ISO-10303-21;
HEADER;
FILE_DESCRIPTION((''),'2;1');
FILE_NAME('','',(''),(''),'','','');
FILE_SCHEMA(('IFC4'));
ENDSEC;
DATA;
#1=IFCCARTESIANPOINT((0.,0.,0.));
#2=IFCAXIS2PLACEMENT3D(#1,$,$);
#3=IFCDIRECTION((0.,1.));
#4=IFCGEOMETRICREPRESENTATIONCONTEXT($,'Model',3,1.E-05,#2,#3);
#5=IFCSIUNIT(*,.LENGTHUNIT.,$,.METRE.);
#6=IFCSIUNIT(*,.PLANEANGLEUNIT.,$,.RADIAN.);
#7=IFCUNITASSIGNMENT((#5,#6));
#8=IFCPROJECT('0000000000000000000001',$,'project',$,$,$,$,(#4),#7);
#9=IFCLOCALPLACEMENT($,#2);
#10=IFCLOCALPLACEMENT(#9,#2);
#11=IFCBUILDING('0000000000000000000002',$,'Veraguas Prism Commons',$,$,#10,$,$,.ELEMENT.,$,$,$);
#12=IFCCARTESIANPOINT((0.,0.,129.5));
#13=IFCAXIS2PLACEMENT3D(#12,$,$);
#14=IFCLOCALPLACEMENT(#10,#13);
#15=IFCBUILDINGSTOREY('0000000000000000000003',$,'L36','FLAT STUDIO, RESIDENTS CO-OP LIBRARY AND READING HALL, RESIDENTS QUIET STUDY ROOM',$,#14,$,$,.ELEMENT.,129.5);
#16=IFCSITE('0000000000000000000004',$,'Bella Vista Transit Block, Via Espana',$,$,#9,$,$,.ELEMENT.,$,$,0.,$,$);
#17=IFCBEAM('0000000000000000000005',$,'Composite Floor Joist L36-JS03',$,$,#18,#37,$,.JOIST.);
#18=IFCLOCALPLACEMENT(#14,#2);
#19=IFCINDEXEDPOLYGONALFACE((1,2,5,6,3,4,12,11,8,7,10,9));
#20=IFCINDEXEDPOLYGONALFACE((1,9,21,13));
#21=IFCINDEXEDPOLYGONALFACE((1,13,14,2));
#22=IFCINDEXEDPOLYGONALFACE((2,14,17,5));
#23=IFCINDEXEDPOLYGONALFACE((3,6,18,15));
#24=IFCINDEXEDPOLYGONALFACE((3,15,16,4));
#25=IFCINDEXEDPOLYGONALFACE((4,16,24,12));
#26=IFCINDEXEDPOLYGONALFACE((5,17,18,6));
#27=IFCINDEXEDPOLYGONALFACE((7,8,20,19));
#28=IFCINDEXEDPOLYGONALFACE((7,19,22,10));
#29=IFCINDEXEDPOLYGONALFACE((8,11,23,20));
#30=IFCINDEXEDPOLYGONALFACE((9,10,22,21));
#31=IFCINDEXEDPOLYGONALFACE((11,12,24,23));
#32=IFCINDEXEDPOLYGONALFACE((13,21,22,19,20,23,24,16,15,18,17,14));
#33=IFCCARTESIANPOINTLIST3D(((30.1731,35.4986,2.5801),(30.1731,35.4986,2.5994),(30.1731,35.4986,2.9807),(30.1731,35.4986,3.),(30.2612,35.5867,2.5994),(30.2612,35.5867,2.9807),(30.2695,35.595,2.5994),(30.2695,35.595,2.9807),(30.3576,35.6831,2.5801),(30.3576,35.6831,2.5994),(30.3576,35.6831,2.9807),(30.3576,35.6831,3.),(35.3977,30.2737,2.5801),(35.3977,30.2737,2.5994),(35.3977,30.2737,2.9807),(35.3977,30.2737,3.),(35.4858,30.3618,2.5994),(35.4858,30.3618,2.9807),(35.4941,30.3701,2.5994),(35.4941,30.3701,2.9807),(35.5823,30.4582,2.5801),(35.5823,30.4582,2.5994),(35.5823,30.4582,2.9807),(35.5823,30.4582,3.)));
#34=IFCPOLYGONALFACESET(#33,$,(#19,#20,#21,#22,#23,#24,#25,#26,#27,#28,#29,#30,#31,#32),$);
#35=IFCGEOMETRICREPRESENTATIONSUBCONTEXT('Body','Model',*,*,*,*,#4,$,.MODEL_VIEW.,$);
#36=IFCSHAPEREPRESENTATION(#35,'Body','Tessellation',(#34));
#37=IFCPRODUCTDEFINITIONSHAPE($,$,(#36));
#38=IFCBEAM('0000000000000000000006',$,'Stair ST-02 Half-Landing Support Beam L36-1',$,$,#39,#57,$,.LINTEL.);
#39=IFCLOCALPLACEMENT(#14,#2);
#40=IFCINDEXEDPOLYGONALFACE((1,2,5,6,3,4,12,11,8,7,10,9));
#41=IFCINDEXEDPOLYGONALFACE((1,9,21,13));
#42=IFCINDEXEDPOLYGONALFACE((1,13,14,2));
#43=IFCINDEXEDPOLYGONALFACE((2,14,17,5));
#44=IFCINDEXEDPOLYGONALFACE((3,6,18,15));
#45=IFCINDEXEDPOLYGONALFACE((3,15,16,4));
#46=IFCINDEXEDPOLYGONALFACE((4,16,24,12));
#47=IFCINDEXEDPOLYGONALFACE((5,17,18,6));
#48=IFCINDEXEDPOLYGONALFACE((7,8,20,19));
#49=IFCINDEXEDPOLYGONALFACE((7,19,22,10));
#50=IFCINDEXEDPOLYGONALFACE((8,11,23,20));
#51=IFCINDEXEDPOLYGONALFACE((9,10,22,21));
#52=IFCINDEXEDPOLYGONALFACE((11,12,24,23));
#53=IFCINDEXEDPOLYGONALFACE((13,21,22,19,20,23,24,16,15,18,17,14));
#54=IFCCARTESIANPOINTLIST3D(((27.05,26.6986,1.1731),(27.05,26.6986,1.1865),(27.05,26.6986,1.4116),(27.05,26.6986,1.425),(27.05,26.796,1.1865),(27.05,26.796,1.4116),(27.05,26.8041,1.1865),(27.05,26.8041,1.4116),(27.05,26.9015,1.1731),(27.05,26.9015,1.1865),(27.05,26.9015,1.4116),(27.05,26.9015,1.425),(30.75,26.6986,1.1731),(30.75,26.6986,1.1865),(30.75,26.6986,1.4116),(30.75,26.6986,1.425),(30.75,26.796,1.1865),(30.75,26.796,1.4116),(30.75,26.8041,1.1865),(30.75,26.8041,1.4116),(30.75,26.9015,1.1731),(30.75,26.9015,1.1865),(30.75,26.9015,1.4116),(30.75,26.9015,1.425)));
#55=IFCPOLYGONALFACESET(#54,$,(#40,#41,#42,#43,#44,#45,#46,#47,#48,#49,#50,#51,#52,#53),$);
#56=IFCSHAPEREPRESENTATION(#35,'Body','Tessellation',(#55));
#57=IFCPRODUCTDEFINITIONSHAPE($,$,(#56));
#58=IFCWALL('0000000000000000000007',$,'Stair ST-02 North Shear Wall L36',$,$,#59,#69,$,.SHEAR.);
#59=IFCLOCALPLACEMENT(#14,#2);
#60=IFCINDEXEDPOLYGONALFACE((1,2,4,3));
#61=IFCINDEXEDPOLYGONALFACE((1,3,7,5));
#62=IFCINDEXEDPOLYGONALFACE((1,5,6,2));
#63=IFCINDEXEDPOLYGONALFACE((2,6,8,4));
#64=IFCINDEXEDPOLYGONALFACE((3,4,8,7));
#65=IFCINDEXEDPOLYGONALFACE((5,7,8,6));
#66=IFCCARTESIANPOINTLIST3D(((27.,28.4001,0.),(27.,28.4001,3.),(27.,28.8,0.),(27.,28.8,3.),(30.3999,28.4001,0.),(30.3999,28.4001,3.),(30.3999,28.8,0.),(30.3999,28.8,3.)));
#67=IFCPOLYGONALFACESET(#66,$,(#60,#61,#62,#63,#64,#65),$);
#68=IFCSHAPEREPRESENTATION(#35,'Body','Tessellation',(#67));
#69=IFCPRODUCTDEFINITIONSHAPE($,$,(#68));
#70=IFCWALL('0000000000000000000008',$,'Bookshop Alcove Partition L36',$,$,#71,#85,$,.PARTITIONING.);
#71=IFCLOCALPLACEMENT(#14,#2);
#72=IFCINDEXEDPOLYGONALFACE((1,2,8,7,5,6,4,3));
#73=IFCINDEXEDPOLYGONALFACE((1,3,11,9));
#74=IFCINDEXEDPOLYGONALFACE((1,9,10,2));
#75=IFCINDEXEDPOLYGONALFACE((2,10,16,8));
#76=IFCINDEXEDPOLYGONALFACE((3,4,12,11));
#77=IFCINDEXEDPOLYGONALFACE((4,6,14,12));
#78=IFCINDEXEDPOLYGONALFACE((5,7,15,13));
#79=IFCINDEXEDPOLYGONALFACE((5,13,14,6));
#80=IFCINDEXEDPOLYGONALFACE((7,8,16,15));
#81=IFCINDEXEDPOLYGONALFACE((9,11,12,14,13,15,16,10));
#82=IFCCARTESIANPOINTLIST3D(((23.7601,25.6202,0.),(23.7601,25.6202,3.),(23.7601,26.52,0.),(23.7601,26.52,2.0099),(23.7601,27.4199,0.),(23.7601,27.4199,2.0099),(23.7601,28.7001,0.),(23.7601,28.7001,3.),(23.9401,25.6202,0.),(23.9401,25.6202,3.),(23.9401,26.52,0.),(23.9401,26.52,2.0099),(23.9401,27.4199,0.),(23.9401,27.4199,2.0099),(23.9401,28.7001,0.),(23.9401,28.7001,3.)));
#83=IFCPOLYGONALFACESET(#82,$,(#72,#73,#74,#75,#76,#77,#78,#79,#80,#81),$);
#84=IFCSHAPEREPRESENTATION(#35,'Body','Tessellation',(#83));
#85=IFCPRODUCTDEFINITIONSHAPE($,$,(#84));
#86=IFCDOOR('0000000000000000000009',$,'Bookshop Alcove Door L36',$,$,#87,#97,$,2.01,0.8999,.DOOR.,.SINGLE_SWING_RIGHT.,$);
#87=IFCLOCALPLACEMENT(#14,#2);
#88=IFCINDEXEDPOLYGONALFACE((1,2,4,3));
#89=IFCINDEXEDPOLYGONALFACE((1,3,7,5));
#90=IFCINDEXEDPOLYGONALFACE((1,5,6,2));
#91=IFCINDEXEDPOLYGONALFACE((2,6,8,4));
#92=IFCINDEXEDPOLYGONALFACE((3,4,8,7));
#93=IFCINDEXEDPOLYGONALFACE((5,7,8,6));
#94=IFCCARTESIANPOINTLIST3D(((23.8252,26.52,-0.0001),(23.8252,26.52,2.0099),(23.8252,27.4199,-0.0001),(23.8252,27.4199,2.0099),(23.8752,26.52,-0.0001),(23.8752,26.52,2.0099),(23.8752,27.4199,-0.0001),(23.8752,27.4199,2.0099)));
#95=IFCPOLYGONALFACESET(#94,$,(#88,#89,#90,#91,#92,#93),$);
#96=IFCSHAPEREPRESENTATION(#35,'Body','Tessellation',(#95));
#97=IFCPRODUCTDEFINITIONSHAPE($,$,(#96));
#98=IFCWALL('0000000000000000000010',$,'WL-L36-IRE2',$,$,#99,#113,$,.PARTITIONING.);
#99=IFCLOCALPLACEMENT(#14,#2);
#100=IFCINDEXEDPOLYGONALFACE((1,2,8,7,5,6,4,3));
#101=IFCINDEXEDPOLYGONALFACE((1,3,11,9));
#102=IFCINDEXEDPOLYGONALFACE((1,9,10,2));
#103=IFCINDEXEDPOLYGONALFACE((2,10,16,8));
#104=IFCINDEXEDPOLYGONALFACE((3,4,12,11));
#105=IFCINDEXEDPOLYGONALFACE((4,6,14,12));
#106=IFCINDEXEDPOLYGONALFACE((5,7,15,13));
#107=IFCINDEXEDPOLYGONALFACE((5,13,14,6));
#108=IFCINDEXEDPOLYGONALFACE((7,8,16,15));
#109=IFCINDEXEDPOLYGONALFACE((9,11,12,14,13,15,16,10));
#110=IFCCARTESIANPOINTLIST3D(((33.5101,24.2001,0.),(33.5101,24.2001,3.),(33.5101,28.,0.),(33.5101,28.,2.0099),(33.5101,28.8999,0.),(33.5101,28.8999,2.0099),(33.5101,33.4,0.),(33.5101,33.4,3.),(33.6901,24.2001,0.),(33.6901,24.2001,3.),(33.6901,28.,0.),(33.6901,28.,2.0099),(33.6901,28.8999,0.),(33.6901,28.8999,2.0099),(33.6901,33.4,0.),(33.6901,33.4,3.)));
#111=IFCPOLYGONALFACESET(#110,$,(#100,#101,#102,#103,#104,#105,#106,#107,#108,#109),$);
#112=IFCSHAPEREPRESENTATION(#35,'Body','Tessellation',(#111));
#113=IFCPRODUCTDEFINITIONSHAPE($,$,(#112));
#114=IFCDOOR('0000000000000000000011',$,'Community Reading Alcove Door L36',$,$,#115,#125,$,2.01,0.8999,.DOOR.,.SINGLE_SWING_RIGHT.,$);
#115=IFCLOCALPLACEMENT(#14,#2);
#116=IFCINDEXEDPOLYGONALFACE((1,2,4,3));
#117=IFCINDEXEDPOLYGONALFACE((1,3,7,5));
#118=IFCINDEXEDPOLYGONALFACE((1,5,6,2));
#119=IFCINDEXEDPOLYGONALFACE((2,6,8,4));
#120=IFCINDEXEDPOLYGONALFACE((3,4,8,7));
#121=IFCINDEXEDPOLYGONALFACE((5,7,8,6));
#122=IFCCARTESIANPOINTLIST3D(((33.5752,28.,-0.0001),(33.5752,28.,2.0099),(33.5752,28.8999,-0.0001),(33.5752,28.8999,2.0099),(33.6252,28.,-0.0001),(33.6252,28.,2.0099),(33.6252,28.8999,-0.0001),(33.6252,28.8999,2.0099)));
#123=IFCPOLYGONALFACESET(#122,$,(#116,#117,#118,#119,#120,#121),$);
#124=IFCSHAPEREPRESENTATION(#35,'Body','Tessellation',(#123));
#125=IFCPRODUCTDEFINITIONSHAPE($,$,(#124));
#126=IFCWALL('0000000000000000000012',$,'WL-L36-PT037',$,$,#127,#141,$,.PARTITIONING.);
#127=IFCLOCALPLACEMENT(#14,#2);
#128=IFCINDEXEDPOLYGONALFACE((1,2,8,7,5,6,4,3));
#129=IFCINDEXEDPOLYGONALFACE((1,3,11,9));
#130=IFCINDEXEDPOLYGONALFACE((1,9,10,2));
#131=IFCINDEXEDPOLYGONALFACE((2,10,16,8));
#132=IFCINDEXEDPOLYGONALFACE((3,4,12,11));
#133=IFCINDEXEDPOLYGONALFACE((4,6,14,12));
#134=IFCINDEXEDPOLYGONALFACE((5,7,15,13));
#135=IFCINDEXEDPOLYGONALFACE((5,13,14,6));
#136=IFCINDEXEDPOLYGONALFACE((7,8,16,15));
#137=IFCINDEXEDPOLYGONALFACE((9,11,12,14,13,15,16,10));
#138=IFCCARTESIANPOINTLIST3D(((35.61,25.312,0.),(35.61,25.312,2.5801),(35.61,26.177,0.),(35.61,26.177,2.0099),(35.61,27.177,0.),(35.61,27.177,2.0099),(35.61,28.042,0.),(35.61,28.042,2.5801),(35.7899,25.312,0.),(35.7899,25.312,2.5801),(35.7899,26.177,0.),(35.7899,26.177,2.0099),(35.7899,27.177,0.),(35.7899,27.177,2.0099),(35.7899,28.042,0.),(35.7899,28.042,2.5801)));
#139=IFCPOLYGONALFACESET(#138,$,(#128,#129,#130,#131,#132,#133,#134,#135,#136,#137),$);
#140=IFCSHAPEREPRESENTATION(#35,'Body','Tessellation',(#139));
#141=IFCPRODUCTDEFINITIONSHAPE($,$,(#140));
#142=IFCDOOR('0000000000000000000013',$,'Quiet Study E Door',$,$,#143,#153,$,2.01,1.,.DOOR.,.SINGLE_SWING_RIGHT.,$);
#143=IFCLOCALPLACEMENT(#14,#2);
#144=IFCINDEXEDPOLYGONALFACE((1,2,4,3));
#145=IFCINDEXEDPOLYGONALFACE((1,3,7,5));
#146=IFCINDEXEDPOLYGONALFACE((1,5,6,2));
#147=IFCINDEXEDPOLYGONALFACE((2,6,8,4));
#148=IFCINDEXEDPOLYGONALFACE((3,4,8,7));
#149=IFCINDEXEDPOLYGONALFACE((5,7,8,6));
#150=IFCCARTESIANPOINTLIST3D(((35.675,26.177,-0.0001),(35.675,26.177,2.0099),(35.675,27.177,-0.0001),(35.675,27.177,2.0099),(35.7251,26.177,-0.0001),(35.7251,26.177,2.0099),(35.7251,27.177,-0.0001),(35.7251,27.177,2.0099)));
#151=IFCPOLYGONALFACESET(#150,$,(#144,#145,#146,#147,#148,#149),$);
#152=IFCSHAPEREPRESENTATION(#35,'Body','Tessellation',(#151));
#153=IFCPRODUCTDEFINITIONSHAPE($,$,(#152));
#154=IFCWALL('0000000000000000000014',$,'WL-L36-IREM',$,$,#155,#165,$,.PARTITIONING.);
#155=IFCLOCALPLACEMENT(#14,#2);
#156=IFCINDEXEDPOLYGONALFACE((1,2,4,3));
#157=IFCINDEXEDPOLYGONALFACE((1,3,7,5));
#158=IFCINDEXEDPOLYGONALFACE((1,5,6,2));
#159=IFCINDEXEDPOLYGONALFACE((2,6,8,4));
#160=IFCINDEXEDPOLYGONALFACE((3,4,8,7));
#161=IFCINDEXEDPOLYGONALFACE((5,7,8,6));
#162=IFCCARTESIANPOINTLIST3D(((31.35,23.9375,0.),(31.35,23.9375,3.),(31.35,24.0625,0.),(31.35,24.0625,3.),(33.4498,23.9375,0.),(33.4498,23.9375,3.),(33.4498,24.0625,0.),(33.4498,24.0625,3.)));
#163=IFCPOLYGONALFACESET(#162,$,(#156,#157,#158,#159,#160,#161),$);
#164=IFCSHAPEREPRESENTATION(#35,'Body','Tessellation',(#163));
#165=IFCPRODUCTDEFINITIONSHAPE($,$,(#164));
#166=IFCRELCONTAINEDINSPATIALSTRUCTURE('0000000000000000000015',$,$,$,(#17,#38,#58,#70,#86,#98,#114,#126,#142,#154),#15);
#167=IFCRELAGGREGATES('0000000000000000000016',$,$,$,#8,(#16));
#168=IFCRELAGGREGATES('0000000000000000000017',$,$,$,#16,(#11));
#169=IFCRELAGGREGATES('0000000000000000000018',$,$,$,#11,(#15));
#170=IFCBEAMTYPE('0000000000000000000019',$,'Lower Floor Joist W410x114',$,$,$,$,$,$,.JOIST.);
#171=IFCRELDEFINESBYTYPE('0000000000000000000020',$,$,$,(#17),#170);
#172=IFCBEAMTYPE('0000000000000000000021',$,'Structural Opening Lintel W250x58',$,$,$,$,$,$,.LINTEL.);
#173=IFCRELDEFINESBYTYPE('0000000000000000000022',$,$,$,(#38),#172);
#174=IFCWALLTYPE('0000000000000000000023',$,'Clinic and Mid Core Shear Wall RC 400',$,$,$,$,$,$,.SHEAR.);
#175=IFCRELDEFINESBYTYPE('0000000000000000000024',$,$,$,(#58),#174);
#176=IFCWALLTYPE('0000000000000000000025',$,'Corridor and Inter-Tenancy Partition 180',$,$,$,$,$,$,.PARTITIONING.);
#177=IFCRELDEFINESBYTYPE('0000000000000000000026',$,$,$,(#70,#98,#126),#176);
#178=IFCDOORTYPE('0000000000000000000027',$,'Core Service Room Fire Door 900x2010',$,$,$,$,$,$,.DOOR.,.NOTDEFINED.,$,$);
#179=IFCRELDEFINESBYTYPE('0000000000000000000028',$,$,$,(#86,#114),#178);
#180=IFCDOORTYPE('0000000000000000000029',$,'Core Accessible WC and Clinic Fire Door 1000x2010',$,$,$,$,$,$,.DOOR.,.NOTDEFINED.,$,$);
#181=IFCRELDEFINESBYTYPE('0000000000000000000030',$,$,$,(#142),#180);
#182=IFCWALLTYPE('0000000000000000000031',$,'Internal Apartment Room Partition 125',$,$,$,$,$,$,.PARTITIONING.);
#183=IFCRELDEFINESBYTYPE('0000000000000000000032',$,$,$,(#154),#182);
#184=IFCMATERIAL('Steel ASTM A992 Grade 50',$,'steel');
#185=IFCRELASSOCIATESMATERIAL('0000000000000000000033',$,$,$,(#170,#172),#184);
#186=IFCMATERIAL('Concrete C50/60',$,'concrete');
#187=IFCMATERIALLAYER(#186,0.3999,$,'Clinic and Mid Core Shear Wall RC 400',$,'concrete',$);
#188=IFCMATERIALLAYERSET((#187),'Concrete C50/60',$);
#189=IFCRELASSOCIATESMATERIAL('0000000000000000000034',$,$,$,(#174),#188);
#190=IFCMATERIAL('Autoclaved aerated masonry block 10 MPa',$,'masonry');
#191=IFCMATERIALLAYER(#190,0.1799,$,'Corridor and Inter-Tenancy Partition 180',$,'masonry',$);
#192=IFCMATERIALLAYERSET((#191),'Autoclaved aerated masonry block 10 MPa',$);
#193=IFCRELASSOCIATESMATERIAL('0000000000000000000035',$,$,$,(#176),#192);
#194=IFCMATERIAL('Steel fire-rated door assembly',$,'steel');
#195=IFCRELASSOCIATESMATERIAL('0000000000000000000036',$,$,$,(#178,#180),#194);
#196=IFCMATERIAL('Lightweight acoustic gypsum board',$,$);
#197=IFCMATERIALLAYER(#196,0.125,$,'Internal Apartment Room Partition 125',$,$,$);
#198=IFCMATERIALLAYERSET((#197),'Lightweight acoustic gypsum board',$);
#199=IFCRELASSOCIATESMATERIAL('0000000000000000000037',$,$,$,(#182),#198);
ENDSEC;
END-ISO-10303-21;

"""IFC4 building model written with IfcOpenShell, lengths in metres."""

from ifc_helpers import new_model, si_unit, direction, frame, frame_2d, origin, origin_2d, place, context, subcontext, project, spatial, rectangle, i_section, extrude, source, transform, mapped, material, layer, layer_set, material_profile, profile_set, type_object, element, fill, save


model = new_model("IFC4")

# Units and contexts
model_context = context("Model", 3, precision=1e-05, world=origin(), true_north=direction((0.0, 1.0)))
body_context = subcontext(model_context, "Body", "Model", "MODEL_VIEW")
ifc_project = project(units=[si_unit("LENGTHUNIT", "METRE"), si_unit("PLANEANGLEUNIT", "RADIAN")], contexts=[model_context])

# Site, building, storey
site_placement = place(None, origin())
site = spatial("IfcSite", under=ifc_project, at=site_placement, Name="Bella Vista Transit Block, Via Espana", CompositionType="ELEMENT", RefElevation=0.0)
building_placement = place(site_placement, origin())
building = spatial("IfcBuilding", under=site, at=building_placement, Name="Veraguas Prism Commons", CompositionType="ELEMENT")
storey_placement = place(building_placement, frame((0.0, 0.0, 129.5)))
storey = spatial("IfcBuildingStorey", under=building, at=storey_placement, Name="L36", Description="FLAT STUDIO, RESIDENTS CO-OP LIBRARY AND READING HALL, RESIDENTS QUIET STUDY ROOM", CompositionType="ELEMENT", Elevation=129.5)

# Beams
ifc_material_1 = material(Name="Steel ASTM A992 Grade 50", Category="steel")
ifc_material_profile_1 = material_profile(ifc_material_1, i_section(OverallWidth=0.261, OverallDepth=0.4199, WebThickness=0.0117, FlangeThickness=0.0193, at=origin_2d()), Name="W410X114")
ifc_profile_set_1 = profile_set([ifc_material_profile_1], Name="Steel ASTM A992 Grade 50")
beam_type_1 = type_object("IfcBeamType", Name="Lower Floor Joist W410x114", PredefinedType="JOIST", material=ifc_profile_set_1)
beam_1_placement = place(storey_placement, frame((35.49, 30.366, 2.79), z_axis=(-0.70709, 0.707123, 0.0), x_axis=(-0.707123, -0.70709, 0.0)))
element("IfcBeam", 1, at=beam_1_placement, inside=storey, type_object=beam_type_1, Name="Composite Floor Joist L36-JS03", PredefinedType="JOIST", context=body_context, shape_type="SweptSolid", body=[
    extrude(i_section(OverallWidth=0.261, OverallDepth=0.4199, WebThickness=0.0117, FlangeThickness=0.0193, at=origin_2d()), origin(), (0.0, 0.0, 1.0), 7.3889),
])
ifc_material_profile_2 = material_profile(ifc_material_1, i_section(OverallWidth=0.2029, OverallDepth=0.252, WebThickness=0.0081, FlangeThickness=0.0134, at=origin_2d()), Name="W250X58")
ifc_profile_set_2 = profile_set([ifc_material_profile_2], Name="Steel ASTM A992 Grade 50")
beam_type_2 = type_object("IfcBeamType", Name="Structural Opening Lintel W250x58", PredefinedType="LINTEL", material=ifc_profile_set_2)
beam_2_placement = place(storey_placement, frame((27.05, 26.8, 1.2991), z_axis=(1.0, 0.0, 0.0), x_axis=(0.0, 1.0, 0.0)))
element("IfcBeam", 2, at=beam_2_placement, inside=storey, type_object=beam_type_2, Name="Stair ST-02 Half-Landing Support Beam L36-1", PredefinedType="LINTEL", context=body_context, shape_type="SweptSolid", body=[
    extrude(i_section(OverallWidth=0.2029, OverallDepth=0.252, WebThickness=0.0081, FlangeThickness=0.0134, at=origin_2d()), origin(), (0.0, 0.0, 1.0), 3.7),
])

# Wall
ifc_material_2 = material(Name="Concrete C50/60", Category="concrete")
ifc_layer_1 = layer(ifc_material_2, 0.3999, Name="Clinic and Mid Core Shear Wall RC 400", Category="concrete")
ifc_layer_set_1 = layer_set([ifc_layer_1], Name="Concrete C50/60")
wall_type_1 = type_object("IfcWallType", Name="Clinic and Mid Core Shear Wall RC 400", PredefinedType="SHEAR", material=ifc_layer_set_1)
wall_1_placement = place(storey_placement, frame((27.0, 28.6001, 0.0), z_axis=(0.0, 0.0, 1.0), x_axis=(1.0, 0.0, 0.0)))
element("IfcWall", 3, at=wall_1_placement, inside=storey, type_object=wall_type_1, Name="Stair ST-02 North Shear Wall L36", PredefinedType="SHEAR", context=body_context, shape_type="SweptSolid", body=[
    extrude(rectangle(XDim=3.3999, YDim=0.3999, at=frame_2d((1.7, 0.0))), origin(), (0.0, 0.0, 1.0), 3.0),
])

# Walls, openings, doors
ifc_material_3 = material(Name="Autoclaved aerated masonry block 10 MPa", Category="masonry")
ifc_layer_2 = layer(ifc_material_3, 0.1799, Name="Corridor and Inter-Tenancy Partition 180", Category="masonry")
ifc_layer_set_2 = layer_set([ifc_layer_2], Name="Autoclaved aerated masonry block 10 MPa")
wall_type_2 = type_object("IfcWallType", Name="Corridor and Inter-Tenancy Partition 180", PredefinedType="PARTITIONING", material=ifc_layer_set_2)
wall_2_placement = place(storey_placement, frame((23.8501, 25.6201, 0.0), z_axis=(0.0, 0.0, 1.0), x_axis=(0.0, 1.0, 0.0)))
wall_2 = element("IfcWall", 4, at=wall_2_placement, inside=storey, type_object=wall_type_2, Name="Bookshop Alcove Partition L36", PredefinedType="PARTITIONING", context=body_context, shape_type="SweptSolid", body=[
    extrude(rectangle(XDim=3.0798, YDim=0.1799, at=frame_2d((1.54, 0.0))), origin(), (0.0, 0.0, 1.0), 3.0),
])
opening_1_placement = place(wall_2_placement, frame((0.8999, 0.0, 0.0)))
opening_1 = element("IfcOpeningElement", 5, at=opening_1_placement, cuts=wall_2, PredefinedType="OPENING", context=body_context, shape_type="SweptSolid", body=[
    extrude(rectangle(XDim=0.8999, YDim=2.01, at=frame_2d((0.45, 1.0049))), frame((0.0, 0.0999, 0.0), z_axis=(0.0, -1.0, 0.0), x_axis=(1.0, 0.0, 0.0)), (0.0, 0.0, 1.0), 0.2),
])
ifc_material_4 = material(Name="Steel fire-rated door assembly", Category="steel")
door_type_1 = type_object("IfcDoorType", Name="Core Service Room Fire Door 900x2010", OperationType="NOTDEFINED", PredefinedType="DOOR", material=ifc_material_4)
shared_shape_1 = source(origin(), body_context, "Body", "SweptSolid", [
    extrude(rectangle(XDim=0.8999, YDim=2.01, at=frame_2d((0.45, 1.0049))), frame((0.0, 0.0249, 0.0), z_axis=(0.0, -1.0, 0.0), x_axis=(1.0, 0.0, 0.0)), (0.0, 0.0, 1.0), 0.05),
])
door_1_placement = place(opening_1_placement, origin())
door_1 = element("IfcDoor", 6, at=door_1_placement, inside=storey, type_object=door_type_1, Name="Bookshop Alcove Door L36", OperationType="SINGLE_SWING_RIGHT", OverallHeight=2.01, OverallWidth=0.8999, PredefinedType="DOOR", context=body_context, shape_type="MappedRepresentation", body=[
    mapped(shared_shape_1, transform((0.0, 0.0, 0.0), scale=1.0)),
])
fill(opening_1, door_1)
wall_3_placement = place(storey_placement, frame((33.6001, 24.2, 0.0), z_axis=(0.0, 0.0, 1.0), x_axis=(0.0, 1.0, 0.0)))
wall_3 = element("IfcWall", 7, at=wall_3_placement, inside=storey, type_object=wall_type_2, Name="WL-L36-IRE2", PredefinedType="PARTITIONING", context=body_context, shape_type="SweptSolid", body=[
    extrude(rectangle(XDim=9.2, YDim=0.1799, at=frame_2d((4.6001, 0.0))), origin(), (0.0, 0.0, 1.0), 3.0),
])
opening_2_placement = place(wall_3_placement, frame((3.8, 0.0, 0.0)))
opening_2 = element("IfcOpeningElement", 8, at=opening_2_placement, cuts=wall_3, PredefinedType="OPENING", context=body_context, shape_type="SweptSolid", body=[
    extrude(rectangle(XDim=0.8999, YDim=2.01, at=frame_2d((0.45, 1.0049))), frame((0.0, 0.0999, 0.0), z_axis=(0.0, -1.0, 0.0), x_axis=(1.0, 0.0, 0.0)), (0.0, 0.0, 1.0), 0.2),
])
door_2_placement = place(opening_2_placement, origin())
door_2 = element("IfcDoor", 9, at=door_2_placement, inside=storey, type_object=door_type_1, Name="Community Reading Alcove Door L36", OperationType="SINGLE_SWING_RIGHT", OverallHeight=2.01, OverallWidth=0.8999, PredefinedType="DOOR", context=body_context, shape_type="MappedRepresentation", body=[
    mapped(shared_shape_1, transform((0.0, 0.0, 0.0), scale=1.0)),
])
fill(opening_2, door_2)
wall_4_placement = place(storey_placement, frame((35.7, 25.312, 0.0), z_axis=(0.0, 0.0, 1.0), x_axis=(0.0, 1.0, 0.0)))
wall_4 = element("IfcWall", 10, at=wall_4_placement, inside=storey, type_object=wall_type_2, Name="WL-L36-PT037", PredefinedType="PARTITIONING", context=body_context, shape_type="SweptSolid", body=[
    extrude(rectangle(XDim=2.73, YDim=0.1799, at=frame_2d((1.365, 0.0))), origin(), (0.0, 0.0, 1.0), 2.5801),
])
opening_3_placement = place(wall_4_placement, frame((0.865, 0.0, 0.0)))
opening_3 = element("IfcOpeningElement", 11, at=opening_3_placement, cuts=wall_4, PredefinedType="OPENING", context=body_context, shape_type="SweptSolid", body=[
    extrude(rectangle(XDim=1.0, YDim=2.01, at=frame_2d((0.5, 1.0049))), frame((0.0, 0.0999, 0.0), z_axis=(0.0, -1.0, 0.0), x_axis=(1.0, 0.0, 0.0)), (0.0, 0.0, 1.0), 0.2),
])
door_type_2 = type_object("IfcDoorType", Name="Core Accessible WC and Clinic Fire Door 1000x2010", OperationType="NOTDEFINED", PredefinedType="DOOR", material=ifc_material_4)
shared_shape_2 = source(origin(), body_context, "Body", "SweptSolid", [
    extrude(rectangle(XDim=1.0, YDim=2.01, at=frame_2d((0.5, 1.0049))), frame((0.0, 0.0249, 0.0), z_axis=(0.0, -1.0, 0.0), x_axis=(1.0, 0.0, 0.0)), (0.0, 0.0, 1.0), 0.05),
])
door_3_placement = place(opening_3_placement, origin())
door_3 = element("IfcDoor", 12, at=door_3_placement, inside=storey, type_object=door_type_2, Name="Quiet Study E Door", OperationType="SINGLE_SWING_RIGHT", OverallHeight=2.01, OverallWidth=1.0, PredefinedType="DOOR", context=body_context, shape_type="MappedRepresentation", body=[
    mapped(shared_shape_2, transform((0.0, 0.0, 0.0), scale=1.0)),
])
fill(opening_3, door_3)

# Wall
ifc_material_5 = material(Name="Lightweight acoustic gypsum board")
ifc_layer_3 = layer(ifc_material_5, 0.125, Name="Internal Apartment Room Partition 125")
ifc_layer_set_3 = layer_set([ifc_layer_3], Name="Lightweight acoustic gypsum board")
wall_type_3 = type_object("IfcWallType", Name="Internal Apartment Room Partition 125", PredefinedType="PARTITIONING", material=ifc_layer_set_3)
wall_5_placement = place(storey_placement, frame((31.3501, 24.0, 0.0), z_axis=(0.0, 0.0, 1.0), x_axis=(1.0, 0.0, 0.0)))
element("IfcWall", 13, at=wall_5_placement, inside=storey, type_object=wall_type_3, Name="WL-L36-IREM", PredefinedType="PARTITIONING", context=body_context, shape_type="SweptSolid", body=[
    extrude(rectangle(XDim=2.0999, YDim=0.125, at=frame_2d((1.0498, 0.0))), origin(), (0.0, 0.0, 1.0), 3.0),
])

save(model, "model.ifc")
